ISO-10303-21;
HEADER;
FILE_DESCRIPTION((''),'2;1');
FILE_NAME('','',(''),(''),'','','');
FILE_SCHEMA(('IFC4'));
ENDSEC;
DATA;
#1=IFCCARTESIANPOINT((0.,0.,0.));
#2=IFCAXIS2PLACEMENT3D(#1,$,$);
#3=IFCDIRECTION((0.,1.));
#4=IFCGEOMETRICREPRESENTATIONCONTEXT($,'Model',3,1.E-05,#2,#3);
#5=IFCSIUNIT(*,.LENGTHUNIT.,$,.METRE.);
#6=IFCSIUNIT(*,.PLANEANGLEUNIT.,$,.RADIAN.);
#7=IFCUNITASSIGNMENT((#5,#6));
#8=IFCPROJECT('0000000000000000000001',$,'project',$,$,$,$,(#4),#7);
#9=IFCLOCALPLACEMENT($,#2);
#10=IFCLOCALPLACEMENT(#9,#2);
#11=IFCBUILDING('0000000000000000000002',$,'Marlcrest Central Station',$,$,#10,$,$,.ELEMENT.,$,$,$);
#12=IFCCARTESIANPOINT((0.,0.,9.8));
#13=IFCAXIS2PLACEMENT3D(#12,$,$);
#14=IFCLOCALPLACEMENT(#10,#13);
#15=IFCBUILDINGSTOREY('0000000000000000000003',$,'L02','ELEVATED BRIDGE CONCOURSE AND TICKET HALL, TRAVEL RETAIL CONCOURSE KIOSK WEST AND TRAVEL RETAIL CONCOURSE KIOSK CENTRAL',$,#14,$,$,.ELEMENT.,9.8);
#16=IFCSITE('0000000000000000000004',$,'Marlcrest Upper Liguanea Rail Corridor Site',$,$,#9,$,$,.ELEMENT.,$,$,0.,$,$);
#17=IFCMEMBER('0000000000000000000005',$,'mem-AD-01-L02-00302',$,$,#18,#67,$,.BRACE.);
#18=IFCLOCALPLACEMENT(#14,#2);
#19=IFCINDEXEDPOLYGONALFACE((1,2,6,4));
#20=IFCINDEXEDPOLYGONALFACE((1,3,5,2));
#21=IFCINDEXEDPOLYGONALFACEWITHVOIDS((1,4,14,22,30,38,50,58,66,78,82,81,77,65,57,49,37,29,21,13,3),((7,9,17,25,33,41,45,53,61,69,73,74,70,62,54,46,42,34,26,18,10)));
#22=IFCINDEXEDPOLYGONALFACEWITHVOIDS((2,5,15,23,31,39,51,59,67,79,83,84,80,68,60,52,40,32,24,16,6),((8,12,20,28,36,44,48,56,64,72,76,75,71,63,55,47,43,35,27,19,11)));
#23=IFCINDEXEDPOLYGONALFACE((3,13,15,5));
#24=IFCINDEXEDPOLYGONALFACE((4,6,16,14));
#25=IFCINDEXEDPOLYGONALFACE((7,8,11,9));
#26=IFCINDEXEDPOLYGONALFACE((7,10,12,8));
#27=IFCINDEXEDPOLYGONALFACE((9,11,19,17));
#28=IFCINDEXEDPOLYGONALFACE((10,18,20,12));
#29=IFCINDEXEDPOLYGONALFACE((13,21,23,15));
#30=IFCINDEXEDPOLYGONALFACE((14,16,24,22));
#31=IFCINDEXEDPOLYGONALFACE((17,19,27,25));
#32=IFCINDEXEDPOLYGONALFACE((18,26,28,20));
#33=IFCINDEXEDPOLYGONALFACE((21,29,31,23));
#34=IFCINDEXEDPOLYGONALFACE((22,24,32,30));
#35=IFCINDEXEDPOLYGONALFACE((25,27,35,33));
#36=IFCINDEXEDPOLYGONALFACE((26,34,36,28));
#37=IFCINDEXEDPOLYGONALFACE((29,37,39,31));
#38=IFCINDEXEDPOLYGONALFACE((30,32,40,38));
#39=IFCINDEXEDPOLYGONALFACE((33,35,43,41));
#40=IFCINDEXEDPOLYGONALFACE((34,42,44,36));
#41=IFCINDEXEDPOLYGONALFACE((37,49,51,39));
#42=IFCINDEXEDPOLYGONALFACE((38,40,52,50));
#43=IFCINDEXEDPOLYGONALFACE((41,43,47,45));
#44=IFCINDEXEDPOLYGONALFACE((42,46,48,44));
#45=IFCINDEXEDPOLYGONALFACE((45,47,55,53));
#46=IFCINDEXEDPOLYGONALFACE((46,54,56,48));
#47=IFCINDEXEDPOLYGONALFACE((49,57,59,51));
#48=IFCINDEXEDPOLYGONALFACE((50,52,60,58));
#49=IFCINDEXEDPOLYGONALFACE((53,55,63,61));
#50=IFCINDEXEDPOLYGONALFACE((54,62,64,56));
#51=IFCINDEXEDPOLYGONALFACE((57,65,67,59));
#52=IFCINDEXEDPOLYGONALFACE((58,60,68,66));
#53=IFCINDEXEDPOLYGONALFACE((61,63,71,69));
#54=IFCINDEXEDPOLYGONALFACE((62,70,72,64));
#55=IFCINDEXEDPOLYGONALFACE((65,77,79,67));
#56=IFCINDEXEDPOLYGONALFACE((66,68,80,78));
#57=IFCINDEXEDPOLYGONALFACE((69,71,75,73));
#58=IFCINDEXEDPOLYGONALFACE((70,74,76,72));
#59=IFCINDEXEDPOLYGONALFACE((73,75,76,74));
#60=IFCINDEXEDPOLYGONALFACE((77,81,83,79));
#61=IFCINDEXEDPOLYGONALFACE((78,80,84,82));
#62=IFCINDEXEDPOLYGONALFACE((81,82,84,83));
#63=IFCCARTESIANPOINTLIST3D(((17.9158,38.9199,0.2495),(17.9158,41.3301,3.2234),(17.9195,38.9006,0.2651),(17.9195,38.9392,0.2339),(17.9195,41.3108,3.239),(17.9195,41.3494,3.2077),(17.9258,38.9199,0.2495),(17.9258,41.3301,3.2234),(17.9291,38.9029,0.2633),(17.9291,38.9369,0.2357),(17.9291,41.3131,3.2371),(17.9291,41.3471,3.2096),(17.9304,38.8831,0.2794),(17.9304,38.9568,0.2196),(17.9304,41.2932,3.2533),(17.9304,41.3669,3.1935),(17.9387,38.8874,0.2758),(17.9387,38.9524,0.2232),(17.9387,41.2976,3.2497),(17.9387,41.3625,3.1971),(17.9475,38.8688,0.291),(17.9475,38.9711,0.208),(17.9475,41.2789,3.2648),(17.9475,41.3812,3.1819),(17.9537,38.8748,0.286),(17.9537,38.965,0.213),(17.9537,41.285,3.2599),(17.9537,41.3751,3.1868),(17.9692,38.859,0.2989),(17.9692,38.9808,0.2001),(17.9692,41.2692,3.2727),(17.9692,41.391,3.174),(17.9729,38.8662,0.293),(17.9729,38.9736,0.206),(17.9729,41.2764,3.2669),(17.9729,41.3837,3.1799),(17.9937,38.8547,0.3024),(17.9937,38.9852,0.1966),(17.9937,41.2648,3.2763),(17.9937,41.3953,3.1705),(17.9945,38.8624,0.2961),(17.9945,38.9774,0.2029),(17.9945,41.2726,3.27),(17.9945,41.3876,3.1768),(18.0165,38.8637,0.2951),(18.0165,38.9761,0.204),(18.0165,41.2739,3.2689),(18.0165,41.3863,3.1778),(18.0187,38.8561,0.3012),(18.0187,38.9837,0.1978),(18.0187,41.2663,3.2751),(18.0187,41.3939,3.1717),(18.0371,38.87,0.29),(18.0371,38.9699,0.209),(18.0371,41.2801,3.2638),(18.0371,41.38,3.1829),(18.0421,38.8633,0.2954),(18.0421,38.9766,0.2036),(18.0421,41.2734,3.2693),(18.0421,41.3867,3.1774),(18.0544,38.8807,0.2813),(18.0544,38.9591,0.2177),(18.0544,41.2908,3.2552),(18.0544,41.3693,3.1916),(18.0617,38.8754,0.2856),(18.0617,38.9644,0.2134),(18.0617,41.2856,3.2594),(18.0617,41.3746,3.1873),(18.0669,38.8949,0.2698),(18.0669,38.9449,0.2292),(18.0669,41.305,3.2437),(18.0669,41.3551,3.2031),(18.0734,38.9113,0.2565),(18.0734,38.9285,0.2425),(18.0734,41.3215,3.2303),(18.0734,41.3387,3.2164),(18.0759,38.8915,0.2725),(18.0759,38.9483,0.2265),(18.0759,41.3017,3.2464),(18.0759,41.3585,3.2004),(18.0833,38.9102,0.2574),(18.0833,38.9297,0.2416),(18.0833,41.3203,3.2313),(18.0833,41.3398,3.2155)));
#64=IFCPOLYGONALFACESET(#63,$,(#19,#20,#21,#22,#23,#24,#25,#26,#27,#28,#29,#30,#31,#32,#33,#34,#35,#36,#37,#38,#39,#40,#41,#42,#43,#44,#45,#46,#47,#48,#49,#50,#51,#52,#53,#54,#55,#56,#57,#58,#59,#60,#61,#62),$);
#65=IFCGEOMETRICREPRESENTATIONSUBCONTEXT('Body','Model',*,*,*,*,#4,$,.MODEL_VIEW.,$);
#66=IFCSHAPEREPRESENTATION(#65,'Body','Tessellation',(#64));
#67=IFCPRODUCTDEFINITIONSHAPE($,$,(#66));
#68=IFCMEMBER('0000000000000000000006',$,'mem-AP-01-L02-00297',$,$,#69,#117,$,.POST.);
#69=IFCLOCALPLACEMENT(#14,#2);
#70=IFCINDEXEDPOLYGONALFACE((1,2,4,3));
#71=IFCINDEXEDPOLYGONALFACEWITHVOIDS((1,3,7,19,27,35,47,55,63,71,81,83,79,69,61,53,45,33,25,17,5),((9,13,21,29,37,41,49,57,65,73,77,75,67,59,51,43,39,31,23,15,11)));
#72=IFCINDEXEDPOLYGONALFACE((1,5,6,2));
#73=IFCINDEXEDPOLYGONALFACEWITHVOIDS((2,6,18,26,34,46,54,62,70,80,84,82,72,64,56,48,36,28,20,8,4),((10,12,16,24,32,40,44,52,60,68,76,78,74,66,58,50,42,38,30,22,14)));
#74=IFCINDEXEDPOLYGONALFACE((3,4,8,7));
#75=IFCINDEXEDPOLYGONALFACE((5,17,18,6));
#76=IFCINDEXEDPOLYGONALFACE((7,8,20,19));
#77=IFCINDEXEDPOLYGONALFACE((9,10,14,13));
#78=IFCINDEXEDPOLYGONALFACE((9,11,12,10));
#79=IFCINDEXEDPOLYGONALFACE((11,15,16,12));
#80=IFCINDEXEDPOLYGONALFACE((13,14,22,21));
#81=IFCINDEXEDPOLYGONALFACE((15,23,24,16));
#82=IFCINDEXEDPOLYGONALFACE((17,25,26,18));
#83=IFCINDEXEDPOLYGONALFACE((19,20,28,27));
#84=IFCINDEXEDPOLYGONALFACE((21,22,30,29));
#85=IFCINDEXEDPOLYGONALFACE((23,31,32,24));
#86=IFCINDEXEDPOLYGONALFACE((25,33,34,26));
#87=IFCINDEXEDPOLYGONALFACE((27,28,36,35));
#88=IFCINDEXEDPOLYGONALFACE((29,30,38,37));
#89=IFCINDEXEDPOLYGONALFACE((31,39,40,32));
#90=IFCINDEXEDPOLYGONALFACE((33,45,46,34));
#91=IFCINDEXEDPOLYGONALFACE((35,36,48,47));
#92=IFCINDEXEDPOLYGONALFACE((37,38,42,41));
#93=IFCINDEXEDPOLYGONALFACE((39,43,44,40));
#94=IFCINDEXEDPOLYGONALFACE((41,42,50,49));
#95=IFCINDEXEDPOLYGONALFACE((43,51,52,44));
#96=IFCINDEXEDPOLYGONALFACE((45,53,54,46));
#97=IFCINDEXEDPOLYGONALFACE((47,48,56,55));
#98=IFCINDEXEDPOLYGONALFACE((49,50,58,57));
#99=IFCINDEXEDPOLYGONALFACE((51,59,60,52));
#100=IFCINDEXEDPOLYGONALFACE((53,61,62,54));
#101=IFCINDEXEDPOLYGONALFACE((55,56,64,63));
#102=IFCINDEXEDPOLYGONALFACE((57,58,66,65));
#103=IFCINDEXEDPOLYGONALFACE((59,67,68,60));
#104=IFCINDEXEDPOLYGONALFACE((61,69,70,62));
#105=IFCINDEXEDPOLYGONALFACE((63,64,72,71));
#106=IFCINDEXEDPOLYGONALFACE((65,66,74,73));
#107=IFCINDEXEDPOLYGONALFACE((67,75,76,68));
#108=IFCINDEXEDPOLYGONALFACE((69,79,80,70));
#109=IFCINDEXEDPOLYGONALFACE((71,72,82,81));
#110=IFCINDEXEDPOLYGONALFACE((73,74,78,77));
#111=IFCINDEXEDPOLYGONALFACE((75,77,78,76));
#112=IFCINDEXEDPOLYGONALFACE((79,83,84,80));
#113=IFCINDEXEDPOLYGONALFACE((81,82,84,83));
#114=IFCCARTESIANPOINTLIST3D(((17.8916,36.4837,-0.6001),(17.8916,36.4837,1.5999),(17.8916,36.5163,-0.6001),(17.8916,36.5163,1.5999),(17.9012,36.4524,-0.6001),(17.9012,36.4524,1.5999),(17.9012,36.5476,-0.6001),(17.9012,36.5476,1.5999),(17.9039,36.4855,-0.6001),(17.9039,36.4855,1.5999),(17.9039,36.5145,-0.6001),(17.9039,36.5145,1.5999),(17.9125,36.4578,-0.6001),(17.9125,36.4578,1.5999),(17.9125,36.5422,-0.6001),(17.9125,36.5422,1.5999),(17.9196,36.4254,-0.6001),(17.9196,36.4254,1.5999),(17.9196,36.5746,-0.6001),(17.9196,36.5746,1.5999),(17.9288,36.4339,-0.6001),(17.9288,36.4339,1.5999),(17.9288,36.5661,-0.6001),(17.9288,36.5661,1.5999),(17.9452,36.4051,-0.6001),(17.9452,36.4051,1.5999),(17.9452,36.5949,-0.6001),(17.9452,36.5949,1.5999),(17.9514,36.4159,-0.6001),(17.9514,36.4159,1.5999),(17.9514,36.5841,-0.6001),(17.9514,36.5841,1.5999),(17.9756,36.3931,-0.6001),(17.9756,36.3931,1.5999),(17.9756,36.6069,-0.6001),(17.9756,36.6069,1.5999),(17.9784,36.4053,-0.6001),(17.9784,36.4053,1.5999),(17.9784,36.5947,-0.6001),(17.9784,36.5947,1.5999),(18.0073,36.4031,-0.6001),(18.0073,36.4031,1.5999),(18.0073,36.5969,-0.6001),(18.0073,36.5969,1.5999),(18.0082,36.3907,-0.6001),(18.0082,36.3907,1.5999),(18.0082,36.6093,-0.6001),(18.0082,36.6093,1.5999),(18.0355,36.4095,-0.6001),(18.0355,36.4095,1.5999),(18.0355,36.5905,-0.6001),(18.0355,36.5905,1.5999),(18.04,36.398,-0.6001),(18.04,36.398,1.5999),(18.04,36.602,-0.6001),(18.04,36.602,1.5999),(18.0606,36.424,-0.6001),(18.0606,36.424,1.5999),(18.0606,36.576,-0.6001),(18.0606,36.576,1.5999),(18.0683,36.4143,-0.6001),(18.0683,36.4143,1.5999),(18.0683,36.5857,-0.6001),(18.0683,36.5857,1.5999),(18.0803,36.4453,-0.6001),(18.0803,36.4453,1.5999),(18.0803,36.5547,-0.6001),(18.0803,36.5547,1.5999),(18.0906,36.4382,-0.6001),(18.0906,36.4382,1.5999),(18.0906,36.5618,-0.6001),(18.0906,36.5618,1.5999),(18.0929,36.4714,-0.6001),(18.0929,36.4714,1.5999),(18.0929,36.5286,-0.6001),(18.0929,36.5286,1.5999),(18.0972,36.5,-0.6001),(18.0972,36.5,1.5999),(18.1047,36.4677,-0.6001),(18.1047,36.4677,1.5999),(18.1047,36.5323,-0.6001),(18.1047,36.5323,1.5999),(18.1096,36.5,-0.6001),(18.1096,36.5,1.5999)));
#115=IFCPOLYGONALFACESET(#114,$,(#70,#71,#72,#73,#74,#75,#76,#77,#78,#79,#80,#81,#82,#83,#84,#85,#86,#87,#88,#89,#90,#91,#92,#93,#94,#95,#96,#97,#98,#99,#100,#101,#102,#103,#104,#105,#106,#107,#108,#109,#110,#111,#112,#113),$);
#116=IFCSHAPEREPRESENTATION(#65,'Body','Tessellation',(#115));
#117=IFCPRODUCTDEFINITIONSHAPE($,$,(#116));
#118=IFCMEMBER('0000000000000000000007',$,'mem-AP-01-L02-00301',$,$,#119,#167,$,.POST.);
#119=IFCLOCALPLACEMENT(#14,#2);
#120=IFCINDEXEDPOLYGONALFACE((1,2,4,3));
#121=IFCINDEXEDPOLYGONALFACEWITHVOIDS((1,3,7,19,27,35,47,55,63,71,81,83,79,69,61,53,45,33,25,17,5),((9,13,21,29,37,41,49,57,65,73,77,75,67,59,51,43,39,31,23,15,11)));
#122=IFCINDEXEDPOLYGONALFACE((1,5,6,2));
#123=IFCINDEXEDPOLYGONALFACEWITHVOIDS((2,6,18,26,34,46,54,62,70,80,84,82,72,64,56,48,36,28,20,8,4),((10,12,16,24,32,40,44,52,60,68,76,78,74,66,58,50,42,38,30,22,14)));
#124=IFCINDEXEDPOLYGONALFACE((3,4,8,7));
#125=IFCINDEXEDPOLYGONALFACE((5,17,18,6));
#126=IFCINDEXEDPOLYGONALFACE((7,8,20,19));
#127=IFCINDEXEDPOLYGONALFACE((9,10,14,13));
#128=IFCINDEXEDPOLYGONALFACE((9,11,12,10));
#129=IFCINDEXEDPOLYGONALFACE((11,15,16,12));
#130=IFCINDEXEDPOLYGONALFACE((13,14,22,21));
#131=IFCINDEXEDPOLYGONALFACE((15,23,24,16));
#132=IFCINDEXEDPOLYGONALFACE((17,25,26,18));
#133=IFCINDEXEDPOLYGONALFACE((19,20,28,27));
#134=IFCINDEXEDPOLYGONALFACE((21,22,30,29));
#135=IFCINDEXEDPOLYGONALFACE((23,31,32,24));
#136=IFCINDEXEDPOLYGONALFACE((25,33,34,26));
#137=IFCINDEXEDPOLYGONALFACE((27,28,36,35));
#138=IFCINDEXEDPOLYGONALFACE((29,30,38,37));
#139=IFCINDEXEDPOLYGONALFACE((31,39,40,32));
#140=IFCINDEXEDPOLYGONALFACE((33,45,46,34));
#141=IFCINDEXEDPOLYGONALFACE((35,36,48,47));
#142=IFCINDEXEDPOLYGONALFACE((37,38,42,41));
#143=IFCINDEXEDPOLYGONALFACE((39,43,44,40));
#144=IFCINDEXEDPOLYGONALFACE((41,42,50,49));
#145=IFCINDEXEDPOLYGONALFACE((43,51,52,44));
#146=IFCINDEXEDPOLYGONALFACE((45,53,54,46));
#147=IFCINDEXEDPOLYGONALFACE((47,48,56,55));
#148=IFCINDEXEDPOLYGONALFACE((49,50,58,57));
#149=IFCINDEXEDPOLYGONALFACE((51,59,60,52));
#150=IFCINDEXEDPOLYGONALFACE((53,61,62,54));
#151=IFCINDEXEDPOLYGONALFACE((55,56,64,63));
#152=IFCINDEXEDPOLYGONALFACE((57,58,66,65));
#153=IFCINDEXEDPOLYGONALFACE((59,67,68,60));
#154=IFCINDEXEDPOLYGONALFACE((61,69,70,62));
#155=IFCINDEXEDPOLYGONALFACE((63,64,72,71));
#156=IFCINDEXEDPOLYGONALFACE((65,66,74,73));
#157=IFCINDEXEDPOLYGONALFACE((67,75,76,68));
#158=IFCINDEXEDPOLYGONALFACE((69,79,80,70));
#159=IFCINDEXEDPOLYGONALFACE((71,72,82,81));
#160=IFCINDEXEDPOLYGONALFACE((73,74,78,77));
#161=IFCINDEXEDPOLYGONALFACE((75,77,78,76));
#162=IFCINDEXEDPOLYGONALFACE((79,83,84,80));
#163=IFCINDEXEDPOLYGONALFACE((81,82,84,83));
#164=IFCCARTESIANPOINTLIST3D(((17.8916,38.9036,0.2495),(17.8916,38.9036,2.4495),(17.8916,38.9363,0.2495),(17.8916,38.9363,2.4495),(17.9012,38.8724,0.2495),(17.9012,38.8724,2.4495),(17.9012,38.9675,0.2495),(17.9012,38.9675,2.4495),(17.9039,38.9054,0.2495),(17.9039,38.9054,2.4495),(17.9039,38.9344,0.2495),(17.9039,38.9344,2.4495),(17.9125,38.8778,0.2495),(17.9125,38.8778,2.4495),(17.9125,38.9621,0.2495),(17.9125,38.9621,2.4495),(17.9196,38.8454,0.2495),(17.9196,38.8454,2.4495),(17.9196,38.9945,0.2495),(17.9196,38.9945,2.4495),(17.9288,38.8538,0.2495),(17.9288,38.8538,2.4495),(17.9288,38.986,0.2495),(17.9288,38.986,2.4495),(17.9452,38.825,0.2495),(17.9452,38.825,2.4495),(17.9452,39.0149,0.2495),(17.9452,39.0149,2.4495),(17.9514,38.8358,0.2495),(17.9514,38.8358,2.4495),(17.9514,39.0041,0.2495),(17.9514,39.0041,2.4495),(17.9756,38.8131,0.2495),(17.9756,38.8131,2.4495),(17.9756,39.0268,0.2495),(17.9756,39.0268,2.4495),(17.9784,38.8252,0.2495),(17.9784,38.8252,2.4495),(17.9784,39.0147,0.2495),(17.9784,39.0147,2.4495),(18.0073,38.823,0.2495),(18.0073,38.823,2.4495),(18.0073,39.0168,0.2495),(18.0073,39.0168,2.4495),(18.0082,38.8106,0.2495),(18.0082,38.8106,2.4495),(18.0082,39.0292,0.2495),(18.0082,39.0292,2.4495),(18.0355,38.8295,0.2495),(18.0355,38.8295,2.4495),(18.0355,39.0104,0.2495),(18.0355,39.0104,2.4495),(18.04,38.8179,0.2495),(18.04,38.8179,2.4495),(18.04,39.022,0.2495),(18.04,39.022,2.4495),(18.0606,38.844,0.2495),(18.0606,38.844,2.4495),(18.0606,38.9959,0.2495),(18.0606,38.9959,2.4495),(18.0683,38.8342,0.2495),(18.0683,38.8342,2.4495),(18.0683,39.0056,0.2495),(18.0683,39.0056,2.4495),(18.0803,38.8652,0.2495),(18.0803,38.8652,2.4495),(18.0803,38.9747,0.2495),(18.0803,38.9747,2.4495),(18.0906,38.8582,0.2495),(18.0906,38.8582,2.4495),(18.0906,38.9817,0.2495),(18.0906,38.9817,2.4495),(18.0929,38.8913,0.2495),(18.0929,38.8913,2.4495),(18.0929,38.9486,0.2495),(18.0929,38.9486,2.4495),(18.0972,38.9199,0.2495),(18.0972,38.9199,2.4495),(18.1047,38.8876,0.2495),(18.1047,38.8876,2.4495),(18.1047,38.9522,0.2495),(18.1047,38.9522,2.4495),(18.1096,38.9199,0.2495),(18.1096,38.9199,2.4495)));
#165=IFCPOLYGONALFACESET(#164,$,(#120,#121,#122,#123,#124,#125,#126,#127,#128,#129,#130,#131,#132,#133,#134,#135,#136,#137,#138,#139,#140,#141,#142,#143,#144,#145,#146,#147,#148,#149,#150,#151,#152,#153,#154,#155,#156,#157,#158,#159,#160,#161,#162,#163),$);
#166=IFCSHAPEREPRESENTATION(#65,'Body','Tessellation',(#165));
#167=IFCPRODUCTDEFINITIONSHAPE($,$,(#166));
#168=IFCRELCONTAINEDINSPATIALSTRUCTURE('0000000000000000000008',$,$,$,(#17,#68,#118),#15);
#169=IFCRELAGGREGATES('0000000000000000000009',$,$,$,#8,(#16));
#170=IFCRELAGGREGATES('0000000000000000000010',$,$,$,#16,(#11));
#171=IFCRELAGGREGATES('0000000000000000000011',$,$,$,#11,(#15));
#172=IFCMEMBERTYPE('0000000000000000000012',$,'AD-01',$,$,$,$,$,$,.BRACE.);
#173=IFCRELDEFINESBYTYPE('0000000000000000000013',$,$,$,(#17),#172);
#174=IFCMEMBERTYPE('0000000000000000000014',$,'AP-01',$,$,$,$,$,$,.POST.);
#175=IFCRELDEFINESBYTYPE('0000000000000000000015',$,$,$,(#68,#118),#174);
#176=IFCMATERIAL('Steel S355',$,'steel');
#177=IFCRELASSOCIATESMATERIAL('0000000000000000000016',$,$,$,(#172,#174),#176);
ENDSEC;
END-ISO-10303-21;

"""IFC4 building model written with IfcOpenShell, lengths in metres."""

from ifc_helpers import new_model, si_unit, direction, frame, origin, origin_2d, place, context, subcontext, project, spatial, hollow_circle, extrude, material, material_profile, profile_set, type_object, element, save


model = new_model("IFC4")

# Units and contexts
model_context = context("Model", 3, precision=1e-05, world=origin(), true_north=direction((0.0, 1.0)))
body_context = subcontext(model_context, "Body", "Model", "MODEL_VIEW")
ifc_project = project(units=[si_unit("LENGTHUNIT", "METRE"), si_unit("PLANEANGLEUNIT", "RADIAN")], contexts=[model_context])

# Site, building, storey
site_placement = place(None, origin())
site = spatial("IfcSite", under=ifc_project, at=site_placement, Name="Marlcrest Upper Liguanea Rail Corridor Site", CompositionType="ELEMENT", RefElevation=0.0)
building_placement = place(site_placement, origin())
building = spatial("IfcBuilding", under=site, at=building_placement, Name="Marlcrest Central Station", CompositionType="ELEMENT")
storey_placement = place(building_placement, frame((0.0, 0.0, 9.8)))
storey = spatial("IfcBuildingStorey", under=building, at=storey_placement, Name="L02", Description="ELEVATED BRIDGE CONCOURSE AND TICKET HALL, TRAVEL RETAIL CONCOURSE KIOSK WEST AND TRAVEL RETAIL CONCOURSE KIOSK CENTRAL", CompositionType="ELEMENT", Elevation=9.8)

# Members
ifc_material_1 = material(Name="Steel S355", Category="steel")
ifc_material_profile_1 = material_profile(ifc_material_1, hollow_circle(Radius=0.0842, WallThickness=0.01, at=origin_2d()), Name="CHS 168.3x10")
ifc_profile_set_1 = profile_set([ifc_material_profile_1], Name="Steel S355")
member_type_1 = type_object("IfcMemberType", Name="AD-01", PredefinedType="BRACE", material=ifc_profile_set_1)
member_1_placement = place(storey_placement, frame((18.0, 38.9199, 0.2495), z_axis=(0.0, 0.629629, 0.776896), x_axis=(-1.0, 0.0, 0.0)))
element("IfcMember", 1, at=member_1_placement, inside=storey, type_object=member_type_1, Name="mem-AD-01-L02-00302", PredefinedType="BRACE", context=body_context, shape_type="SweptSolid", body=[
    extrude(hollow_circle(Radius=0.0842, WallThickness=0.01, at=origin_2d()), origin(), (0.0, 0.0, 1.0), 3.8279),
])
ifc_material_profile_2 = material_profile(ifc_material_1, hollow_circle(Radius=0.1096, WallThickness=0.0125, at=origin_2d()), Name="CHS 219.1x12.5")
ifc_profile_set_2 = profile_set([ifc_material_profile_2], Name="Steel S355")
member_type_2 = type_object("IfcMemberType", Name="AP-01", PredefinedType="POST", material=ifc_profile_set_2)
for number, where, z_axis, x_axis, name in (
    (2, (18.0, 36.5, -0.6001), (0.0, 0.0, 1.0), (1.0, 0.0, 0.0), "mem-AP-01-L02-00297"),
    (3, (18.0, 38.9199, 0.2495), (0.0, 0.0, 1.0), (1.0, 0.0, 0.0), "mem-AP-01-L02-00301"),
):
    element("IfcMember", number, at=place(storey_placement, frame(where, z_axis=z_axis, x_axis=x_axis)), inside=storey, type_object=member_type_2, Name=name, PredefinedType="POST", context=body_context, shape_type="SweptSolid", body=[
        extrude(hollow_circle(Radius=0.1096, WallThickness=0.0125, at=origin_2d()), origin(), (0.0, 0.0, 1.0), 2.2),
    ])

save(model, "model.ifc")
